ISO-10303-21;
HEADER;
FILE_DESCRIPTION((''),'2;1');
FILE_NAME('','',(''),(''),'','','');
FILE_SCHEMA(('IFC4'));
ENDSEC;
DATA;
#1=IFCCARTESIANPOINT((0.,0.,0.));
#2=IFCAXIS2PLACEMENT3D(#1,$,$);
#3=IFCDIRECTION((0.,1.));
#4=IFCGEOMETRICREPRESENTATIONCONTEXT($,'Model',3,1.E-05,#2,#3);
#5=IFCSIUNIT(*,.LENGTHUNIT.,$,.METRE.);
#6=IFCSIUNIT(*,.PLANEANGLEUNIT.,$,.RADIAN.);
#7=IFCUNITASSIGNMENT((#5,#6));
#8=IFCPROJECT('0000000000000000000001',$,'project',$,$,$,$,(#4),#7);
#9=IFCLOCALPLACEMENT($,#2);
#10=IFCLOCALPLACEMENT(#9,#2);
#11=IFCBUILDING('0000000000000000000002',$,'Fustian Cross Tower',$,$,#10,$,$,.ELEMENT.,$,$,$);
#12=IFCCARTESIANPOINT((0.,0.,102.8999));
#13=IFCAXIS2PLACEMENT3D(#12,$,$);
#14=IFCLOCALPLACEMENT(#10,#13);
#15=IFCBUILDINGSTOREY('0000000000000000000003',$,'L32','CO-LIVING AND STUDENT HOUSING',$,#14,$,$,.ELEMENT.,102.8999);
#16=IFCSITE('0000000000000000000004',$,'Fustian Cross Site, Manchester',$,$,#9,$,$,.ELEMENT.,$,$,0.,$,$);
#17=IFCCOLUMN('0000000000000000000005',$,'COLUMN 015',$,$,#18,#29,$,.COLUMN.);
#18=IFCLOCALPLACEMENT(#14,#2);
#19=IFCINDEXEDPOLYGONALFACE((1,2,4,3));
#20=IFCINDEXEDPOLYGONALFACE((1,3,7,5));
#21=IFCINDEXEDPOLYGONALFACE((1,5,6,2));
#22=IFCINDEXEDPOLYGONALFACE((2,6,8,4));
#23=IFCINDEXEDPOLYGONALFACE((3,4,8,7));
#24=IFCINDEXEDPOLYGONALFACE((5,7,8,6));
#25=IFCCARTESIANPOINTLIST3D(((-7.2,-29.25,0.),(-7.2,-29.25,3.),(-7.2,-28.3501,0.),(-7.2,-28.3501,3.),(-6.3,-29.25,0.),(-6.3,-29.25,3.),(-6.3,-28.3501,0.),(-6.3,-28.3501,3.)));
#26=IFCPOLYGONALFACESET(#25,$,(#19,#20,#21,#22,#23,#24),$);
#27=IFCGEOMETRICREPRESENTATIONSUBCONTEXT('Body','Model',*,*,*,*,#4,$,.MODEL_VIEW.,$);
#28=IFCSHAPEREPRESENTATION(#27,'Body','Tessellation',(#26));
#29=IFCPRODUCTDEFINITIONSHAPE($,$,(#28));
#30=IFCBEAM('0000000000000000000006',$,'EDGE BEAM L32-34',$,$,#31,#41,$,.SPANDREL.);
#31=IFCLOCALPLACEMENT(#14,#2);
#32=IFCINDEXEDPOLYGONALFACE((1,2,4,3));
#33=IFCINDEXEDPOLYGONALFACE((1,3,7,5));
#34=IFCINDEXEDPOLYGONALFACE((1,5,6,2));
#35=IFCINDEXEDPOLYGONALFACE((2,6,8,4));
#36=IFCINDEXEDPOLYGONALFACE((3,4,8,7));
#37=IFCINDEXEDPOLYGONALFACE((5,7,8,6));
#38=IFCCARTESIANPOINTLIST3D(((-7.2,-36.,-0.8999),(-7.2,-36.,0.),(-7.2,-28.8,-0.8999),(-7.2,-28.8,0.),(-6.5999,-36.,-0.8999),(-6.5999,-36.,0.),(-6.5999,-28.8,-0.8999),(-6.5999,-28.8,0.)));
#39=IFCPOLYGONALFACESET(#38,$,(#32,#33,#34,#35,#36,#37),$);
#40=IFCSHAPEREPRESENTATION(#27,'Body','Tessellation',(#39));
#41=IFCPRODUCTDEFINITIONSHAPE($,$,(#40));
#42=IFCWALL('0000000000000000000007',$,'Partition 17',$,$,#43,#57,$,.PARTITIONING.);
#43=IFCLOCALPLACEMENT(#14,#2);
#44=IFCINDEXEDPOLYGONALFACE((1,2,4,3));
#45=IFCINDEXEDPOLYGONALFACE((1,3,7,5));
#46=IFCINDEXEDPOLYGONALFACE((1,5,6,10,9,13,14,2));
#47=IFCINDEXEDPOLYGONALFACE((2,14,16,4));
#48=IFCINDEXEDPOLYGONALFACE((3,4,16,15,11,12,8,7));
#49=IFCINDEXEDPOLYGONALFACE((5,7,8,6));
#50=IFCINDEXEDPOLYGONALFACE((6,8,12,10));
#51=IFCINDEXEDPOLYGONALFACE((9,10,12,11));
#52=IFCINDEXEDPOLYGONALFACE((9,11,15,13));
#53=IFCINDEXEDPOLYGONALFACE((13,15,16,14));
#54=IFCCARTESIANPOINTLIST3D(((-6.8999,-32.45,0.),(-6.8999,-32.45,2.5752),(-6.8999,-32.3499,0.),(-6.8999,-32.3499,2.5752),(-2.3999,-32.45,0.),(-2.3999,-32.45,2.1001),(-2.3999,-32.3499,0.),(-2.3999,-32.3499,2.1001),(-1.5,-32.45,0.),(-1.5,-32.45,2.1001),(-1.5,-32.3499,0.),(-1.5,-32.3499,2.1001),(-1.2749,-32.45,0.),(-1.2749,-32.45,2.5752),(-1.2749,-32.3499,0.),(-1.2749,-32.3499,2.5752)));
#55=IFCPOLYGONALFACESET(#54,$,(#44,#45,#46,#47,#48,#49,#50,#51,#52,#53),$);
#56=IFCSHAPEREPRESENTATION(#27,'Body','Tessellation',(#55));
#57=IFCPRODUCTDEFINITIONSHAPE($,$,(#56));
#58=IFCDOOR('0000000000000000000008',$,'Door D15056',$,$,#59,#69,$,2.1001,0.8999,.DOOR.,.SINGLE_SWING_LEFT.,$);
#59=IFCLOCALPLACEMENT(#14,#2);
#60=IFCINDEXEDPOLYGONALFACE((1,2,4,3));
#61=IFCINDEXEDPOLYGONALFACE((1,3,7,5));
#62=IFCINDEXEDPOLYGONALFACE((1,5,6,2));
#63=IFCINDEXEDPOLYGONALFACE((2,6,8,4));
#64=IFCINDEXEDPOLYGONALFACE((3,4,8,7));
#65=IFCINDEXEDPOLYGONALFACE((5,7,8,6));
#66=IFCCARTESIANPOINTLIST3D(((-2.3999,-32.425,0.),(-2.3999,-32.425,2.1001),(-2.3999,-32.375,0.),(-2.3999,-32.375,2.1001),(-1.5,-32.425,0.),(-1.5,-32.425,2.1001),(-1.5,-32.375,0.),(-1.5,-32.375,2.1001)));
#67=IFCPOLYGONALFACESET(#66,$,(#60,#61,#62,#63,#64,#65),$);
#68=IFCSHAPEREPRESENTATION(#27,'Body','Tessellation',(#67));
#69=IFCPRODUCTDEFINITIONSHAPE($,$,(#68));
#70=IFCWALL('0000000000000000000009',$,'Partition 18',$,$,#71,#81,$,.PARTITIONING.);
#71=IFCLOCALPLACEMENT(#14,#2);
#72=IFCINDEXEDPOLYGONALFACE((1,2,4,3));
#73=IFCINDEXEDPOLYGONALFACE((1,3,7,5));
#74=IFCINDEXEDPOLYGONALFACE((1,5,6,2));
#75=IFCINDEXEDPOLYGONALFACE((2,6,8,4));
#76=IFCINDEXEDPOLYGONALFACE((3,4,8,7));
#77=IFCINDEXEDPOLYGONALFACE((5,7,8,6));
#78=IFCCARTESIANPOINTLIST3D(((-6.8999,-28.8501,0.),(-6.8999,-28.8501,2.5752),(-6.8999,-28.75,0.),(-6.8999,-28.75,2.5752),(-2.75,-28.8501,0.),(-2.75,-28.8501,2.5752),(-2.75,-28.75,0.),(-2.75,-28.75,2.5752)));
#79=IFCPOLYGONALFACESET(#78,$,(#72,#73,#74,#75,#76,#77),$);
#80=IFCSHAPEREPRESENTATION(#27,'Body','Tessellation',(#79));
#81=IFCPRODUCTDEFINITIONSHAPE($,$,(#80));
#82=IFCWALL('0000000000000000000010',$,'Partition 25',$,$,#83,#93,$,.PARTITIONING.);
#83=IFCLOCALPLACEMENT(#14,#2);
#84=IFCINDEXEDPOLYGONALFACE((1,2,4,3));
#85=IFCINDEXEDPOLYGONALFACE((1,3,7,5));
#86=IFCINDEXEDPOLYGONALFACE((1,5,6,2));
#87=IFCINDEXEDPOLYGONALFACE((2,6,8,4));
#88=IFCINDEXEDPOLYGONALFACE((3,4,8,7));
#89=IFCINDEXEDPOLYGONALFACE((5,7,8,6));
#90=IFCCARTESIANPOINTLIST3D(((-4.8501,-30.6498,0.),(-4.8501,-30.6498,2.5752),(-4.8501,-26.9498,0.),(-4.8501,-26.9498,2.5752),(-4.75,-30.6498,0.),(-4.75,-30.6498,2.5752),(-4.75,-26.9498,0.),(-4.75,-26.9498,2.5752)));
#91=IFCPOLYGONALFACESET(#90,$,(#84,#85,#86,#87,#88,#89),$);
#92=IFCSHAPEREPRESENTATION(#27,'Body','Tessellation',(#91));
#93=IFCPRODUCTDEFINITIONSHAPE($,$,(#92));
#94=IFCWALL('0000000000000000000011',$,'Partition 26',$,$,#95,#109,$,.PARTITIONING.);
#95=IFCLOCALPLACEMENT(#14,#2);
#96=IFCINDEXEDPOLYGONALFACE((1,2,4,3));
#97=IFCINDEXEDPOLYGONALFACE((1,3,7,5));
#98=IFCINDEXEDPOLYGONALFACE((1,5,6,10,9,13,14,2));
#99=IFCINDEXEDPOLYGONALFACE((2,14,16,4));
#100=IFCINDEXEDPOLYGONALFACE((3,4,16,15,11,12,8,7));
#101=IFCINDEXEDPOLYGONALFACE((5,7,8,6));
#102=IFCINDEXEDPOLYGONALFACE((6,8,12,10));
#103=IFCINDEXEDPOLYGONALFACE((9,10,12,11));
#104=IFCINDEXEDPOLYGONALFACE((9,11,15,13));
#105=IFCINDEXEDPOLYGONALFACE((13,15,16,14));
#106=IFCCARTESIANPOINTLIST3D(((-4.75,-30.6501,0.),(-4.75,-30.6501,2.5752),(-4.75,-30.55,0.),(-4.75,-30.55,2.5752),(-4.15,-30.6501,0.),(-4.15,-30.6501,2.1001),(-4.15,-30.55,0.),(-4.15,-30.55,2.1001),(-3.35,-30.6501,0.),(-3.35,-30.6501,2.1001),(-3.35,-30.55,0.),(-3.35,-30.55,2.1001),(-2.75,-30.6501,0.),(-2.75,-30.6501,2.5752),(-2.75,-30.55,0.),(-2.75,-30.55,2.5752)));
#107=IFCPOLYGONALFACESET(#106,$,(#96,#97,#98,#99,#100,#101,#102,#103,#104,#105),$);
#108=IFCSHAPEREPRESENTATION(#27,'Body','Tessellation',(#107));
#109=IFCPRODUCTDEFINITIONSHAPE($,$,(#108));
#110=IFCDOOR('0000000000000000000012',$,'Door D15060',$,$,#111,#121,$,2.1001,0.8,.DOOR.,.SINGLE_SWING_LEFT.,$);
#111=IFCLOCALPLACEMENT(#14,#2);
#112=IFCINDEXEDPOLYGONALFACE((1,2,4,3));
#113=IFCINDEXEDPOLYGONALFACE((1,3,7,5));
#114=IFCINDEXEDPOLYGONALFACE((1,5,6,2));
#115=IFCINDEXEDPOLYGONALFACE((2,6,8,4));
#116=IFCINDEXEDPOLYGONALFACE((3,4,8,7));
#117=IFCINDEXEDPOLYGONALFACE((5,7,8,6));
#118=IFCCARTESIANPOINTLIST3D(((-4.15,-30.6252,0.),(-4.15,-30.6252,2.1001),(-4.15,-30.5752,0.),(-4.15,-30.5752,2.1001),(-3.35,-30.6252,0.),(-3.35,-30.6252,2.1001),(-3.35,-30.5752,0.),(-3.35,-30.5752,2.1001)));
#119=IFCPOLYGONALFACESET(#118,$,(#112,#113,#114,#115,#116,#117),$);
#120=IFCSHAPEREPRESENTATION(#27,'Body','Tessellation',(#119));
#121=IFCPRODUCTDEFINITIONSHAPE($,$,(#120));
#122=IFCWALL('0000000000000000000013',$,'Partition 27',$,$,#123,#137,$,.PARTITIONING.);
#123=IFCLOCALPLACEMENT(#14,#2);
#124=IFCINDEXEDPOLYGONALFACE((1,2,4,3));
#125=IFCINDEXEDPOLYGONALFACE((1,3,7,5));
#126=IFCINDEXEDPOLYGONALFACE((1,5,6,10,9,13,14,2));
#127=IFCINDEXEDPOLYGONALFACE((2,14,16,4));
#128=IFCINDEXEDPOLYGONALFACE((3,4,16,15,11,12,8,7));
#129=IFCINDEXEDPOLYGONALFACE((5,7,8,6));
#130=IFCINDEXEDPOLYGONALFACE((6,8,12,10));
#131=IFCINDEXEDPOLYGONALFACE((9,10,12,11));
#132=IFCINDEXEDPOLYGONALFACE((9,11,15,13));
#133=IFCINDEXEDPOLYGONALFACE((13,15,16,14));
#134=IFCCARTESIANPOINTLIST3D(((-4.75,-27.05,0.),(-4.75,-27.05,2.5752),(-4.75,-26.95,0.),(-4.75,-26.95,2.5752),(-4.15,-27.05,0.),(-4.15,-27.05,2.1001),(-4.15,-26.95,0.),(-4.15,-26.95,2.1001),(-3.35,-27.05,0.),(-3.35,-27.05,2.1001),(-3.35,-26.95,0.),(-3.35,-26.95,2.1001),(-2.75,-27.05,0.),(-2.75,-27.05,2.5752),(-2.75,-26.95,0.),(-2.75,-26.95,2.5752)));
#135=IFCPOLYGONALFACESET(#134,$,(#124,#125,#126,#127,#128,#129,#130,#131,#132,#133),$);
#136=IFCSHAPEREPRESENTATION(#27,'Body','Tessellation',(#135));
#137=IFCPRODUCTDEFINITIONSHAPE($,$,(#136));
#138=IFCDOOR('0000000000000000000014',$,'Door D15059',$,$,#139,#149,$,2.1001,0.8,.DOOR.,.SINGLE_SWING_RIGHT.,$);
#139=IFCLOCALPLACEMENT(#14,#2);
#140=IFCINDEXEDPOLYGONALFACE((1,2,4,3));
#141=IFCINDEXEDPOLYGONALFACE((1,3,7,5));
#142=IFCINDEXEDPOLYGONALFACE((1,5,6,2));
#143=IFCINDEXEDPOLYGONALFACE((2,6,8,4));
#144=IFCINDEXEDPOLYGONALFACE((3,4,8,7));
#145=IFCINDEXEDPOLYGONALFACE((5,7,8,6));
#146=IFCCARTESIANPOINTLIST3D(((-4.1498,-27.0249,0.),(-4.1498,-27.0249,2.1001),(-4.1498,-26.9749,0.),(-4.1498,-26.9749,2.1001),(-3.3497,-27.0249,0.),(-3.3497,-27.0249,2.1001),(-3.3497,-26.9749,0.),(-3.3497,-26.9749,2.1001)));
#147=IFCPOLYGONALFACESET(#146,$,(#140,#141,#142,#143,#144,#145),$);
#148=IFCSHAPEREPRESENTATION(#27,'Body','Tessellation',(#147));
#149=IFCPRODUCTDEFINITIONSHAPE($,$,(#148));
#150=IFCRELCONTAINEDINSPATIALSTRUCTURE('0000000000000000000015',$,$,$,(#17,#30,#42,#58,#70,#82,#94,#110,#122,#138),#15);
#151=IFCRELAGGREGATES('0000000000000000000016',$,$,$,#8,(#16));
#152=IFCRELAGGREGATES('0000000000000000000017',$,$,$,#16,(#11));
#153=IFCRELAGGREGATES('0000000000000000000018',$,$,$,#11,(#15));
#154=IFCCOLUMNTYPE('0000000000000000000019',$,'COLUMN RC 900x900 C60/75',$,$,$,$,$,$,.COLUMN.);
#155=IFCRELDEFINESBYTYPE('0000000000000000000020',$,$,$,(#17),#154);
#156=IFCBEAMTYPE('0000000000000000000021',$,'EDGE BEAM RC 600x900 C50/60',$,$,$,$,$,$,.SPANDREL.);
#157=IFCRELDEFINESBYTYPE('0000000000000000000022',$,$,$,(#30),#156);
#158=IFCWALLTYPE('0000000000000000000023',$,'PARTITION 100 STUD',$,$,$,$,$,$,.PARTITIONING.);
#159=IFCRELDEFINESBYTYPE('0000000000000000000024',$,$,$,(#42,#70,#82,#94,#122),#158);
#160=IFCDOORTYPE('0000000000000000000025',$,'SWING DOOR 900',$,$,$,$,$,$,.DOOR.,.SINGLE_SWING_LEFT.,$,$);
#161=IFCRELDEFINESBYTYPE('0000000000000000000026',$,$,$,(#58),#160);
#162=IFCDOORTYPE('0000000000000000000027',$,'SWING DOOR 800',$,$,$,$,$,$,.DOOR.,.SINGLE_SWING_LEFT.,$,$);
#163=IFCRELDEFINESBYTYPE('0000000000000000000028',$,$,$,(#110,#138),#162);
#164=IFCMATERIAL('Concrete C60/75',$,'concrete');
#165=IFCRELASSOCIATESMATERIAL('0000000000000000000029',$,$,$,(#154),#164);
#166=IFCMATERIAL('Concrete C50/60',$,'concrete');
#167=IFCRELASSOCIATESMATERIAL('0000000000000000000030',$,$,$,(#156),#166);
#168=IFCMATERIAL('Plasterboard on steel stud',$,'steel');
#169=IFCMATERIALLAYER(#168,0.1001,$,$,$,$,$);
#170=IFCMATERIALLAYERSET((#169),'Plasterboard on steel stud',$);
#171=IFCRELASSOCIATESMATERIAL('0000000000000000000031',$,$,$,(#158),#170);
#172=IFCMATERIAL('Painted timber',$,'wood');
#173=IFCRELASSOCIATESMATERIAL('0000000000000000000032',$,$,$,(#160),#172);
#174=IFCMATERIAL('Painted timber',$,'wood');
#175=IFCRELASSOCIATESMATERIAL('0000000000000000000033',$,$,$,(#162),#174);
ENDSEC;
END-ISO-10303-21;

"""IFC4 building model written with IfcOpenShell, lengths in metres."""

from ifc_helpers import new_model, si_unit, direction, frame, frame_2d, origin, origin_2d, place, context, subcontext, project, spatial, rectangle, extrude, material, layer, layer_set, material_profile, profile_set, type_object, element, fill, save


model = new_model("IFC4")

# Units and contexts
model_context = context("Model", 3, precision=1e-05, world=origin(), true_north=direction((0.0, 1.0)))
body_context = subcontext(model_context, "Body", "Model", "MODEL_VIEW")
ifc_project = project(units=[si_unit("LENGTHUNIT", "METRE"), si_unit("PLANEANGLEUNIT", "RADIAN")], contexts=[model_context])

# Site, building, storey
site_placement = place(None, origin())
site = spatial("IfcSite", under=ifc_project, at=site_placement, Name="Fustian Cross Site, Manchester", CompositionType="ELEMENT", RefElevation=0.0)
building_placement = place(site_placement, origin())
building = spatial("IfcBuilding", under=site, at=building_placement, Name="Fustian Cross Tower", CompositionType="ELEMENT")
storey_placement = place(building_placement, frame((0.0, 0.0, 102.8999)))
storey = spatial("IfcBuildingStorey", under=building, at=storey_placement, Name="L32", Description="CO-LIVING AND STUDENT HOUSING", CompositionType="ELEMENT", Elevation=102.8999)

# Column
ifc_material_1 = material(Name="Concrete C60/75", Category="concrete")
ifc_material_profile_1 = material_profile(ifc_material_1, rectangle(XDim=0.8999, YDim=0.8999, at=origin_2d()), Name="RC 900x900")
ifc_profile_set_1 = profile_set([ifc_material_profile_1], Name="Concrete C60/75")
column_type = type_object("IfcColumnType", Name="COLUMN RC 900x900 C60/75", PredefinedType="COLUMN", material=ifc_profile_set_1)
column_placement = place(storey_placement, frame((-6.75, -28.8, 0.0), z_axis=(0.0, 0.0, 1.0), x_axis=(1.0, 0.0, 0.0)))
element("IfcColumn", 1, at=column_placement, inside=storey, type_object=column_type, Name="COLUMN 015", PredefinedType="COLUMN", context=body_context, shape_type="SweptSolid", body=[
    extrude(rectangle(XDim=0.8999, YDim=0.8999, at=origin_2d()), origin(), (0.0, 0.0, 1.0), 3.0),
])

# Beam
ifc_material_2 = material(Name="Concrete C50/60", Category="concrete")
ifc_material_profile_2 = material_profile(ifc_material_2, rectangle(XDim=0.6001, YDim=0.8999, at=origin_2d()), Name="RC 600x900")
ifc_profile_set_2 = profile_set([ifc_material_profile_2], Name="Concrete C50/60")
beam_type = type_object("IfcBeamType", Name="EDGE BEAM RC 600x900 C50/60", PredefinedType="SPANDREL", material=ifc_profile_set_2)
beam_placement = place(storey_placement, frame((-6.8999, -28.8, -0.45), z_axis=(0.0, -1.0, 0.0), x_axis=(1.0, 0.0, 0.0)))
element("IfcBeam", 2, at=beam_placement, inside=storey, type_object=beam_type, Name="EDGE BEAM L32-34", PredefinedType="SPANDREL", context=body_context, shape_type="SweptSolid", body=[
    extrude(rectangle(XDim=0.6001, YDim=0.8999, at=origin_2d()), origin(), (0.0, 0.0, 1.0), 7.2),
])

# Wall, opening, door
ifc_material_3 = material(Name="Plasterboard on steel stud", Category="steel")
ifc_layer = layer(ifc_material_3, 0.1001)
ifc_layer_set = layer_set([ifc_layer], Name="Plasterboard on steel stud")
wall_type = type_object("IfcWallType", Name="PARTITION 100 STUD", PredefinedType="PARTITIONING", material=ifc_layer_set)
wall_1_placement = place(storey_placement, frame((-6.8999, -32.3999, 0.0), z_axis=(0.0, 0.0, 1.0), x_axis=(1.0, 0.0, 0.0)))
wall_1 = element("IfcWall", 3, at=wall_1_placement, inside=storey, type_object=wall_type, Name="Partition 17", PredefinedType="PARTITIONING", context=body_context, shape_type="SweptSolid", body=[
    extrude(rectangle(XDim=5.625, YDim=0.1001, at=frame_2d((2.8125, 0.0))), origin(), (0.0, 0.0, 1.0), 2.5752),
])
opening_1_placement = place(wall_1_placement, frame((4.5, 0.0, 0.0)))
opening_1 = element("IfcOpeningElement", 4, at=opening_1_placement, cuts=wall_1, PredefinedType="OPENING", context=body_context, shape_type="SweptSolid", body=[
    extrude(rectangle(XDim=0.8999, YDim=2.1001, at=frame_2d((0.45, 1.05))), frame((0.0, 0.0601, 0.0), z_axis=(0.0, -1.0, 0.0), x_axis=(1.0, 0.0, 0.0)), (0.0, 0.0, 1.0), 0.1201),
])
ifc_material_4 = material(Name="Painted timber", Category="wood")
door_type_1 = type_object("IfcDoorType", Name="SWING DOOR 900", OperationType="SINGLE_SWING_LEFT", PredefinedType="DOOR", material=ifc_material_4)
door_1_placement = place(opening_1_placement, origin())
door_1 = element("IfcDoor", 5, at=door_1_placement, inside=storey, type_object=door_type_1, Name="Door D15056", OperationType="SINGLE_SWING_LEFT", OverallHeight=2.1001, OverallWidth=0.8999, PredefinedType="DOOR", context=body_context, shape_type="SweptSolid", body=[
    extrude(rectangle(XDim=0.8999, YDim=2.1001, at=frame_2d((0.45, 1.05))), frame((0.0, 0.0249, 0.0), z_axis=(0.0, -1.0, 0.0), x_axis=(1.0, 0.0, 0.0)), (0.0, 0.0, 1.0), 0.05),
])
fill(opening_1, door_1)

# Walls
wall_2_placement = place(storey_placement, frame((-6.8999, -28.8, 0.0), z_axis=(0.0, 0.0, 1.0), x_axis=(1.0, 0.0, 0.0)))
element("IfcWall", 6, at=wall_2_placement, inside=storey, type_object=wall_type, Name="Partition 18", PredefinedType="PARTITIONING", context=body_context, shape_type="SweptSolid", body=[
    extrude(rectangle(XDim=4.1499, YDim=0.1001, at=frame_2d((2.075, 0.0))), origin(), (0.0, 0.0, 1.0), 2.5752),
])
wall_3_placement = place(storey_placement, frame((-4.8, -30.6499, 0.0), z_axis=(0.0, 0.0, 1.0), x_axis=(0.0, 1.0, 0.0)))
element("IfcWall", 7, at=wall_3_placement, inside=storey, type_object=wall_type, Name="Partition 25", PredefinedType="PARTITIONING", context=body_context, shape_type="SweptSolid", body=[
    extrude(rectangle(XDim=3.7, YDim=0.1001, at=frame_2d((1.8501, 0.0))), origin(), (0.0, 0.0, 1.0), 2.5752),
])

# Walls, openings, doors
wall_4_placement = place(storey_placement, frame((-4.75, -30.6001, 0.0), z_axis=(0.0, 0.0, 1.0), x_axis=(1.0, 0.0, 0.0)))
wall_4 = element("IfcWall", 8, at=wall_4_placement, inside=storey, type_object=wall_type, Name="Partition 26", PredefinedType="PARTITIONING", context=body_context, shape_type="SweptSolid", body=[
    extrude(rectangle(XDim=2.0, YDim=0.1001, at=frame_2d((1.0, 0.0))), origin(), (0.0, 0.0, 1.0), 2.5752),
])
opening_2_placement = place(wall_4_placement, frame((0.6001, 0.0, 0.0)))
opening_2 = element("IfcOpeningElement", 9, at=opening_2_placement, cuts=wall_4, PredefinedType="OPENING", context=body_context, shape_type="SweptSolid", body=[
    extrude(rectangle(XDim=0.8, YDim=2.1001, at=frame_2d((0.3999, 1.05))), frame((0.0, 0.0601, 0.0), z_axis=(0.0, -1.0, 0.0), x_axis=(1.0, 0.0, 0.0)), (0.0, 0.0, 1.0), 0.1201),
])
ifc_material_5 = material(Name="Painted timber", Category="wood")
door_type_2 = type_object("IfcDoorType", Name="SWING DOOR 800", OperationType="SINGLE_SWING_LEFT", PredefinedType="DOOR", material=ifc_material_5)
door_2_placement = place(opening_2_placement, origin())
door_2 = element("IfcDoor", 10, at=door_2_placement, inside=storey, type_object=door_type_2, Name="Door D15060", OperationType="SINGLE_SWING_LEFT", OverallHeight=2.1001, OverallWidth=0.8, PredefinedType="DOOR", context=body_context, shape_type="SweptSolid", body=[
    extrude(rectangle(XDim=0.8, YDim=2.1001, at=frame_2d((0.3999, 1.05))), frame((0.0, 0.0249, 0.0), z_axis=(0.0, -1.0, 0.0), x_axis=(1.0, 0.0, 0.0)), (0.0, 0.0, 1.0), 0.05),
])
fill(opening_2, door_2)
wall_5_placement = place(storey_placement, frame((-4.75, -27.0, 0.0), z_axis=(0.0, 0.0, 1.0), x_axis=(1.0, 0.0, 0.0)))
wall_5 = element("IfcWall", 11, at=wall_5_placement, inside=storey, type_object=wall_type, Name="Partition 27", PredefinedType="PARTITIONING", context=body_context, shape_type="SweptSolid", body=[
    extrude(rectangle(XDim=2.0, YDim=0.1001, at=frame_2d((1.0, 0.0))), origin(), (0.0, 0.0, 1.0), 2.5752),
])
opening_3_placement = place(wall_5_placement, frame((0.6001, 0.0, 0.0)))
opening_3 = element("IfcOpeningElement", 12, at=opening_3_placement, cuts=wall_5, PredefinedType="OPENING", context=body_context, shape_type="SweptSolid", body=[
    extrude(rectangle(XDim=0.8, YDim=2.1001, at=frame_2d((0.3999, 1.05))), frame((0.0, 0.0601, 0.0), z_axis=(0.0, -1.0, 0.0), x_axis=(1.0, 0.0, 0.0)), (0.0, 0.0, 1.0), 0.1201),
])
door_3_placement = place(opening_3_placement, frame((0.8, 0.0, 0.0), z_axis=(0.0, 0.0, 1.0), x_axis=(-1.0, 0.0, 0.0)))
door_3 = element("IfcDoor", 13, at=door_3_placement, inside=storey, type_object=door_type_2, Name="Door D15059", OperationType="SINGLE_SWING_RIGHT", OverallHeight=2.1001, OverallWidth=0.8, PredefinedType="DOOR", context=body_context, shape_type="SweptSolid", body=[
    extrude(rectangle(XDim=0.8, YDim=2.1001, at=frame_2d((0.3999, 1.05))), frame((0.0, 0.0249, 0.0), z_axis=(0.0, -1.0, 0.0), x_axis=(1.0, 0.0, 0.0)), (0.0, 0.0, 1.0), 0.05),
])
fill(opening_3, door_3)

save(model, "model.ifc")
